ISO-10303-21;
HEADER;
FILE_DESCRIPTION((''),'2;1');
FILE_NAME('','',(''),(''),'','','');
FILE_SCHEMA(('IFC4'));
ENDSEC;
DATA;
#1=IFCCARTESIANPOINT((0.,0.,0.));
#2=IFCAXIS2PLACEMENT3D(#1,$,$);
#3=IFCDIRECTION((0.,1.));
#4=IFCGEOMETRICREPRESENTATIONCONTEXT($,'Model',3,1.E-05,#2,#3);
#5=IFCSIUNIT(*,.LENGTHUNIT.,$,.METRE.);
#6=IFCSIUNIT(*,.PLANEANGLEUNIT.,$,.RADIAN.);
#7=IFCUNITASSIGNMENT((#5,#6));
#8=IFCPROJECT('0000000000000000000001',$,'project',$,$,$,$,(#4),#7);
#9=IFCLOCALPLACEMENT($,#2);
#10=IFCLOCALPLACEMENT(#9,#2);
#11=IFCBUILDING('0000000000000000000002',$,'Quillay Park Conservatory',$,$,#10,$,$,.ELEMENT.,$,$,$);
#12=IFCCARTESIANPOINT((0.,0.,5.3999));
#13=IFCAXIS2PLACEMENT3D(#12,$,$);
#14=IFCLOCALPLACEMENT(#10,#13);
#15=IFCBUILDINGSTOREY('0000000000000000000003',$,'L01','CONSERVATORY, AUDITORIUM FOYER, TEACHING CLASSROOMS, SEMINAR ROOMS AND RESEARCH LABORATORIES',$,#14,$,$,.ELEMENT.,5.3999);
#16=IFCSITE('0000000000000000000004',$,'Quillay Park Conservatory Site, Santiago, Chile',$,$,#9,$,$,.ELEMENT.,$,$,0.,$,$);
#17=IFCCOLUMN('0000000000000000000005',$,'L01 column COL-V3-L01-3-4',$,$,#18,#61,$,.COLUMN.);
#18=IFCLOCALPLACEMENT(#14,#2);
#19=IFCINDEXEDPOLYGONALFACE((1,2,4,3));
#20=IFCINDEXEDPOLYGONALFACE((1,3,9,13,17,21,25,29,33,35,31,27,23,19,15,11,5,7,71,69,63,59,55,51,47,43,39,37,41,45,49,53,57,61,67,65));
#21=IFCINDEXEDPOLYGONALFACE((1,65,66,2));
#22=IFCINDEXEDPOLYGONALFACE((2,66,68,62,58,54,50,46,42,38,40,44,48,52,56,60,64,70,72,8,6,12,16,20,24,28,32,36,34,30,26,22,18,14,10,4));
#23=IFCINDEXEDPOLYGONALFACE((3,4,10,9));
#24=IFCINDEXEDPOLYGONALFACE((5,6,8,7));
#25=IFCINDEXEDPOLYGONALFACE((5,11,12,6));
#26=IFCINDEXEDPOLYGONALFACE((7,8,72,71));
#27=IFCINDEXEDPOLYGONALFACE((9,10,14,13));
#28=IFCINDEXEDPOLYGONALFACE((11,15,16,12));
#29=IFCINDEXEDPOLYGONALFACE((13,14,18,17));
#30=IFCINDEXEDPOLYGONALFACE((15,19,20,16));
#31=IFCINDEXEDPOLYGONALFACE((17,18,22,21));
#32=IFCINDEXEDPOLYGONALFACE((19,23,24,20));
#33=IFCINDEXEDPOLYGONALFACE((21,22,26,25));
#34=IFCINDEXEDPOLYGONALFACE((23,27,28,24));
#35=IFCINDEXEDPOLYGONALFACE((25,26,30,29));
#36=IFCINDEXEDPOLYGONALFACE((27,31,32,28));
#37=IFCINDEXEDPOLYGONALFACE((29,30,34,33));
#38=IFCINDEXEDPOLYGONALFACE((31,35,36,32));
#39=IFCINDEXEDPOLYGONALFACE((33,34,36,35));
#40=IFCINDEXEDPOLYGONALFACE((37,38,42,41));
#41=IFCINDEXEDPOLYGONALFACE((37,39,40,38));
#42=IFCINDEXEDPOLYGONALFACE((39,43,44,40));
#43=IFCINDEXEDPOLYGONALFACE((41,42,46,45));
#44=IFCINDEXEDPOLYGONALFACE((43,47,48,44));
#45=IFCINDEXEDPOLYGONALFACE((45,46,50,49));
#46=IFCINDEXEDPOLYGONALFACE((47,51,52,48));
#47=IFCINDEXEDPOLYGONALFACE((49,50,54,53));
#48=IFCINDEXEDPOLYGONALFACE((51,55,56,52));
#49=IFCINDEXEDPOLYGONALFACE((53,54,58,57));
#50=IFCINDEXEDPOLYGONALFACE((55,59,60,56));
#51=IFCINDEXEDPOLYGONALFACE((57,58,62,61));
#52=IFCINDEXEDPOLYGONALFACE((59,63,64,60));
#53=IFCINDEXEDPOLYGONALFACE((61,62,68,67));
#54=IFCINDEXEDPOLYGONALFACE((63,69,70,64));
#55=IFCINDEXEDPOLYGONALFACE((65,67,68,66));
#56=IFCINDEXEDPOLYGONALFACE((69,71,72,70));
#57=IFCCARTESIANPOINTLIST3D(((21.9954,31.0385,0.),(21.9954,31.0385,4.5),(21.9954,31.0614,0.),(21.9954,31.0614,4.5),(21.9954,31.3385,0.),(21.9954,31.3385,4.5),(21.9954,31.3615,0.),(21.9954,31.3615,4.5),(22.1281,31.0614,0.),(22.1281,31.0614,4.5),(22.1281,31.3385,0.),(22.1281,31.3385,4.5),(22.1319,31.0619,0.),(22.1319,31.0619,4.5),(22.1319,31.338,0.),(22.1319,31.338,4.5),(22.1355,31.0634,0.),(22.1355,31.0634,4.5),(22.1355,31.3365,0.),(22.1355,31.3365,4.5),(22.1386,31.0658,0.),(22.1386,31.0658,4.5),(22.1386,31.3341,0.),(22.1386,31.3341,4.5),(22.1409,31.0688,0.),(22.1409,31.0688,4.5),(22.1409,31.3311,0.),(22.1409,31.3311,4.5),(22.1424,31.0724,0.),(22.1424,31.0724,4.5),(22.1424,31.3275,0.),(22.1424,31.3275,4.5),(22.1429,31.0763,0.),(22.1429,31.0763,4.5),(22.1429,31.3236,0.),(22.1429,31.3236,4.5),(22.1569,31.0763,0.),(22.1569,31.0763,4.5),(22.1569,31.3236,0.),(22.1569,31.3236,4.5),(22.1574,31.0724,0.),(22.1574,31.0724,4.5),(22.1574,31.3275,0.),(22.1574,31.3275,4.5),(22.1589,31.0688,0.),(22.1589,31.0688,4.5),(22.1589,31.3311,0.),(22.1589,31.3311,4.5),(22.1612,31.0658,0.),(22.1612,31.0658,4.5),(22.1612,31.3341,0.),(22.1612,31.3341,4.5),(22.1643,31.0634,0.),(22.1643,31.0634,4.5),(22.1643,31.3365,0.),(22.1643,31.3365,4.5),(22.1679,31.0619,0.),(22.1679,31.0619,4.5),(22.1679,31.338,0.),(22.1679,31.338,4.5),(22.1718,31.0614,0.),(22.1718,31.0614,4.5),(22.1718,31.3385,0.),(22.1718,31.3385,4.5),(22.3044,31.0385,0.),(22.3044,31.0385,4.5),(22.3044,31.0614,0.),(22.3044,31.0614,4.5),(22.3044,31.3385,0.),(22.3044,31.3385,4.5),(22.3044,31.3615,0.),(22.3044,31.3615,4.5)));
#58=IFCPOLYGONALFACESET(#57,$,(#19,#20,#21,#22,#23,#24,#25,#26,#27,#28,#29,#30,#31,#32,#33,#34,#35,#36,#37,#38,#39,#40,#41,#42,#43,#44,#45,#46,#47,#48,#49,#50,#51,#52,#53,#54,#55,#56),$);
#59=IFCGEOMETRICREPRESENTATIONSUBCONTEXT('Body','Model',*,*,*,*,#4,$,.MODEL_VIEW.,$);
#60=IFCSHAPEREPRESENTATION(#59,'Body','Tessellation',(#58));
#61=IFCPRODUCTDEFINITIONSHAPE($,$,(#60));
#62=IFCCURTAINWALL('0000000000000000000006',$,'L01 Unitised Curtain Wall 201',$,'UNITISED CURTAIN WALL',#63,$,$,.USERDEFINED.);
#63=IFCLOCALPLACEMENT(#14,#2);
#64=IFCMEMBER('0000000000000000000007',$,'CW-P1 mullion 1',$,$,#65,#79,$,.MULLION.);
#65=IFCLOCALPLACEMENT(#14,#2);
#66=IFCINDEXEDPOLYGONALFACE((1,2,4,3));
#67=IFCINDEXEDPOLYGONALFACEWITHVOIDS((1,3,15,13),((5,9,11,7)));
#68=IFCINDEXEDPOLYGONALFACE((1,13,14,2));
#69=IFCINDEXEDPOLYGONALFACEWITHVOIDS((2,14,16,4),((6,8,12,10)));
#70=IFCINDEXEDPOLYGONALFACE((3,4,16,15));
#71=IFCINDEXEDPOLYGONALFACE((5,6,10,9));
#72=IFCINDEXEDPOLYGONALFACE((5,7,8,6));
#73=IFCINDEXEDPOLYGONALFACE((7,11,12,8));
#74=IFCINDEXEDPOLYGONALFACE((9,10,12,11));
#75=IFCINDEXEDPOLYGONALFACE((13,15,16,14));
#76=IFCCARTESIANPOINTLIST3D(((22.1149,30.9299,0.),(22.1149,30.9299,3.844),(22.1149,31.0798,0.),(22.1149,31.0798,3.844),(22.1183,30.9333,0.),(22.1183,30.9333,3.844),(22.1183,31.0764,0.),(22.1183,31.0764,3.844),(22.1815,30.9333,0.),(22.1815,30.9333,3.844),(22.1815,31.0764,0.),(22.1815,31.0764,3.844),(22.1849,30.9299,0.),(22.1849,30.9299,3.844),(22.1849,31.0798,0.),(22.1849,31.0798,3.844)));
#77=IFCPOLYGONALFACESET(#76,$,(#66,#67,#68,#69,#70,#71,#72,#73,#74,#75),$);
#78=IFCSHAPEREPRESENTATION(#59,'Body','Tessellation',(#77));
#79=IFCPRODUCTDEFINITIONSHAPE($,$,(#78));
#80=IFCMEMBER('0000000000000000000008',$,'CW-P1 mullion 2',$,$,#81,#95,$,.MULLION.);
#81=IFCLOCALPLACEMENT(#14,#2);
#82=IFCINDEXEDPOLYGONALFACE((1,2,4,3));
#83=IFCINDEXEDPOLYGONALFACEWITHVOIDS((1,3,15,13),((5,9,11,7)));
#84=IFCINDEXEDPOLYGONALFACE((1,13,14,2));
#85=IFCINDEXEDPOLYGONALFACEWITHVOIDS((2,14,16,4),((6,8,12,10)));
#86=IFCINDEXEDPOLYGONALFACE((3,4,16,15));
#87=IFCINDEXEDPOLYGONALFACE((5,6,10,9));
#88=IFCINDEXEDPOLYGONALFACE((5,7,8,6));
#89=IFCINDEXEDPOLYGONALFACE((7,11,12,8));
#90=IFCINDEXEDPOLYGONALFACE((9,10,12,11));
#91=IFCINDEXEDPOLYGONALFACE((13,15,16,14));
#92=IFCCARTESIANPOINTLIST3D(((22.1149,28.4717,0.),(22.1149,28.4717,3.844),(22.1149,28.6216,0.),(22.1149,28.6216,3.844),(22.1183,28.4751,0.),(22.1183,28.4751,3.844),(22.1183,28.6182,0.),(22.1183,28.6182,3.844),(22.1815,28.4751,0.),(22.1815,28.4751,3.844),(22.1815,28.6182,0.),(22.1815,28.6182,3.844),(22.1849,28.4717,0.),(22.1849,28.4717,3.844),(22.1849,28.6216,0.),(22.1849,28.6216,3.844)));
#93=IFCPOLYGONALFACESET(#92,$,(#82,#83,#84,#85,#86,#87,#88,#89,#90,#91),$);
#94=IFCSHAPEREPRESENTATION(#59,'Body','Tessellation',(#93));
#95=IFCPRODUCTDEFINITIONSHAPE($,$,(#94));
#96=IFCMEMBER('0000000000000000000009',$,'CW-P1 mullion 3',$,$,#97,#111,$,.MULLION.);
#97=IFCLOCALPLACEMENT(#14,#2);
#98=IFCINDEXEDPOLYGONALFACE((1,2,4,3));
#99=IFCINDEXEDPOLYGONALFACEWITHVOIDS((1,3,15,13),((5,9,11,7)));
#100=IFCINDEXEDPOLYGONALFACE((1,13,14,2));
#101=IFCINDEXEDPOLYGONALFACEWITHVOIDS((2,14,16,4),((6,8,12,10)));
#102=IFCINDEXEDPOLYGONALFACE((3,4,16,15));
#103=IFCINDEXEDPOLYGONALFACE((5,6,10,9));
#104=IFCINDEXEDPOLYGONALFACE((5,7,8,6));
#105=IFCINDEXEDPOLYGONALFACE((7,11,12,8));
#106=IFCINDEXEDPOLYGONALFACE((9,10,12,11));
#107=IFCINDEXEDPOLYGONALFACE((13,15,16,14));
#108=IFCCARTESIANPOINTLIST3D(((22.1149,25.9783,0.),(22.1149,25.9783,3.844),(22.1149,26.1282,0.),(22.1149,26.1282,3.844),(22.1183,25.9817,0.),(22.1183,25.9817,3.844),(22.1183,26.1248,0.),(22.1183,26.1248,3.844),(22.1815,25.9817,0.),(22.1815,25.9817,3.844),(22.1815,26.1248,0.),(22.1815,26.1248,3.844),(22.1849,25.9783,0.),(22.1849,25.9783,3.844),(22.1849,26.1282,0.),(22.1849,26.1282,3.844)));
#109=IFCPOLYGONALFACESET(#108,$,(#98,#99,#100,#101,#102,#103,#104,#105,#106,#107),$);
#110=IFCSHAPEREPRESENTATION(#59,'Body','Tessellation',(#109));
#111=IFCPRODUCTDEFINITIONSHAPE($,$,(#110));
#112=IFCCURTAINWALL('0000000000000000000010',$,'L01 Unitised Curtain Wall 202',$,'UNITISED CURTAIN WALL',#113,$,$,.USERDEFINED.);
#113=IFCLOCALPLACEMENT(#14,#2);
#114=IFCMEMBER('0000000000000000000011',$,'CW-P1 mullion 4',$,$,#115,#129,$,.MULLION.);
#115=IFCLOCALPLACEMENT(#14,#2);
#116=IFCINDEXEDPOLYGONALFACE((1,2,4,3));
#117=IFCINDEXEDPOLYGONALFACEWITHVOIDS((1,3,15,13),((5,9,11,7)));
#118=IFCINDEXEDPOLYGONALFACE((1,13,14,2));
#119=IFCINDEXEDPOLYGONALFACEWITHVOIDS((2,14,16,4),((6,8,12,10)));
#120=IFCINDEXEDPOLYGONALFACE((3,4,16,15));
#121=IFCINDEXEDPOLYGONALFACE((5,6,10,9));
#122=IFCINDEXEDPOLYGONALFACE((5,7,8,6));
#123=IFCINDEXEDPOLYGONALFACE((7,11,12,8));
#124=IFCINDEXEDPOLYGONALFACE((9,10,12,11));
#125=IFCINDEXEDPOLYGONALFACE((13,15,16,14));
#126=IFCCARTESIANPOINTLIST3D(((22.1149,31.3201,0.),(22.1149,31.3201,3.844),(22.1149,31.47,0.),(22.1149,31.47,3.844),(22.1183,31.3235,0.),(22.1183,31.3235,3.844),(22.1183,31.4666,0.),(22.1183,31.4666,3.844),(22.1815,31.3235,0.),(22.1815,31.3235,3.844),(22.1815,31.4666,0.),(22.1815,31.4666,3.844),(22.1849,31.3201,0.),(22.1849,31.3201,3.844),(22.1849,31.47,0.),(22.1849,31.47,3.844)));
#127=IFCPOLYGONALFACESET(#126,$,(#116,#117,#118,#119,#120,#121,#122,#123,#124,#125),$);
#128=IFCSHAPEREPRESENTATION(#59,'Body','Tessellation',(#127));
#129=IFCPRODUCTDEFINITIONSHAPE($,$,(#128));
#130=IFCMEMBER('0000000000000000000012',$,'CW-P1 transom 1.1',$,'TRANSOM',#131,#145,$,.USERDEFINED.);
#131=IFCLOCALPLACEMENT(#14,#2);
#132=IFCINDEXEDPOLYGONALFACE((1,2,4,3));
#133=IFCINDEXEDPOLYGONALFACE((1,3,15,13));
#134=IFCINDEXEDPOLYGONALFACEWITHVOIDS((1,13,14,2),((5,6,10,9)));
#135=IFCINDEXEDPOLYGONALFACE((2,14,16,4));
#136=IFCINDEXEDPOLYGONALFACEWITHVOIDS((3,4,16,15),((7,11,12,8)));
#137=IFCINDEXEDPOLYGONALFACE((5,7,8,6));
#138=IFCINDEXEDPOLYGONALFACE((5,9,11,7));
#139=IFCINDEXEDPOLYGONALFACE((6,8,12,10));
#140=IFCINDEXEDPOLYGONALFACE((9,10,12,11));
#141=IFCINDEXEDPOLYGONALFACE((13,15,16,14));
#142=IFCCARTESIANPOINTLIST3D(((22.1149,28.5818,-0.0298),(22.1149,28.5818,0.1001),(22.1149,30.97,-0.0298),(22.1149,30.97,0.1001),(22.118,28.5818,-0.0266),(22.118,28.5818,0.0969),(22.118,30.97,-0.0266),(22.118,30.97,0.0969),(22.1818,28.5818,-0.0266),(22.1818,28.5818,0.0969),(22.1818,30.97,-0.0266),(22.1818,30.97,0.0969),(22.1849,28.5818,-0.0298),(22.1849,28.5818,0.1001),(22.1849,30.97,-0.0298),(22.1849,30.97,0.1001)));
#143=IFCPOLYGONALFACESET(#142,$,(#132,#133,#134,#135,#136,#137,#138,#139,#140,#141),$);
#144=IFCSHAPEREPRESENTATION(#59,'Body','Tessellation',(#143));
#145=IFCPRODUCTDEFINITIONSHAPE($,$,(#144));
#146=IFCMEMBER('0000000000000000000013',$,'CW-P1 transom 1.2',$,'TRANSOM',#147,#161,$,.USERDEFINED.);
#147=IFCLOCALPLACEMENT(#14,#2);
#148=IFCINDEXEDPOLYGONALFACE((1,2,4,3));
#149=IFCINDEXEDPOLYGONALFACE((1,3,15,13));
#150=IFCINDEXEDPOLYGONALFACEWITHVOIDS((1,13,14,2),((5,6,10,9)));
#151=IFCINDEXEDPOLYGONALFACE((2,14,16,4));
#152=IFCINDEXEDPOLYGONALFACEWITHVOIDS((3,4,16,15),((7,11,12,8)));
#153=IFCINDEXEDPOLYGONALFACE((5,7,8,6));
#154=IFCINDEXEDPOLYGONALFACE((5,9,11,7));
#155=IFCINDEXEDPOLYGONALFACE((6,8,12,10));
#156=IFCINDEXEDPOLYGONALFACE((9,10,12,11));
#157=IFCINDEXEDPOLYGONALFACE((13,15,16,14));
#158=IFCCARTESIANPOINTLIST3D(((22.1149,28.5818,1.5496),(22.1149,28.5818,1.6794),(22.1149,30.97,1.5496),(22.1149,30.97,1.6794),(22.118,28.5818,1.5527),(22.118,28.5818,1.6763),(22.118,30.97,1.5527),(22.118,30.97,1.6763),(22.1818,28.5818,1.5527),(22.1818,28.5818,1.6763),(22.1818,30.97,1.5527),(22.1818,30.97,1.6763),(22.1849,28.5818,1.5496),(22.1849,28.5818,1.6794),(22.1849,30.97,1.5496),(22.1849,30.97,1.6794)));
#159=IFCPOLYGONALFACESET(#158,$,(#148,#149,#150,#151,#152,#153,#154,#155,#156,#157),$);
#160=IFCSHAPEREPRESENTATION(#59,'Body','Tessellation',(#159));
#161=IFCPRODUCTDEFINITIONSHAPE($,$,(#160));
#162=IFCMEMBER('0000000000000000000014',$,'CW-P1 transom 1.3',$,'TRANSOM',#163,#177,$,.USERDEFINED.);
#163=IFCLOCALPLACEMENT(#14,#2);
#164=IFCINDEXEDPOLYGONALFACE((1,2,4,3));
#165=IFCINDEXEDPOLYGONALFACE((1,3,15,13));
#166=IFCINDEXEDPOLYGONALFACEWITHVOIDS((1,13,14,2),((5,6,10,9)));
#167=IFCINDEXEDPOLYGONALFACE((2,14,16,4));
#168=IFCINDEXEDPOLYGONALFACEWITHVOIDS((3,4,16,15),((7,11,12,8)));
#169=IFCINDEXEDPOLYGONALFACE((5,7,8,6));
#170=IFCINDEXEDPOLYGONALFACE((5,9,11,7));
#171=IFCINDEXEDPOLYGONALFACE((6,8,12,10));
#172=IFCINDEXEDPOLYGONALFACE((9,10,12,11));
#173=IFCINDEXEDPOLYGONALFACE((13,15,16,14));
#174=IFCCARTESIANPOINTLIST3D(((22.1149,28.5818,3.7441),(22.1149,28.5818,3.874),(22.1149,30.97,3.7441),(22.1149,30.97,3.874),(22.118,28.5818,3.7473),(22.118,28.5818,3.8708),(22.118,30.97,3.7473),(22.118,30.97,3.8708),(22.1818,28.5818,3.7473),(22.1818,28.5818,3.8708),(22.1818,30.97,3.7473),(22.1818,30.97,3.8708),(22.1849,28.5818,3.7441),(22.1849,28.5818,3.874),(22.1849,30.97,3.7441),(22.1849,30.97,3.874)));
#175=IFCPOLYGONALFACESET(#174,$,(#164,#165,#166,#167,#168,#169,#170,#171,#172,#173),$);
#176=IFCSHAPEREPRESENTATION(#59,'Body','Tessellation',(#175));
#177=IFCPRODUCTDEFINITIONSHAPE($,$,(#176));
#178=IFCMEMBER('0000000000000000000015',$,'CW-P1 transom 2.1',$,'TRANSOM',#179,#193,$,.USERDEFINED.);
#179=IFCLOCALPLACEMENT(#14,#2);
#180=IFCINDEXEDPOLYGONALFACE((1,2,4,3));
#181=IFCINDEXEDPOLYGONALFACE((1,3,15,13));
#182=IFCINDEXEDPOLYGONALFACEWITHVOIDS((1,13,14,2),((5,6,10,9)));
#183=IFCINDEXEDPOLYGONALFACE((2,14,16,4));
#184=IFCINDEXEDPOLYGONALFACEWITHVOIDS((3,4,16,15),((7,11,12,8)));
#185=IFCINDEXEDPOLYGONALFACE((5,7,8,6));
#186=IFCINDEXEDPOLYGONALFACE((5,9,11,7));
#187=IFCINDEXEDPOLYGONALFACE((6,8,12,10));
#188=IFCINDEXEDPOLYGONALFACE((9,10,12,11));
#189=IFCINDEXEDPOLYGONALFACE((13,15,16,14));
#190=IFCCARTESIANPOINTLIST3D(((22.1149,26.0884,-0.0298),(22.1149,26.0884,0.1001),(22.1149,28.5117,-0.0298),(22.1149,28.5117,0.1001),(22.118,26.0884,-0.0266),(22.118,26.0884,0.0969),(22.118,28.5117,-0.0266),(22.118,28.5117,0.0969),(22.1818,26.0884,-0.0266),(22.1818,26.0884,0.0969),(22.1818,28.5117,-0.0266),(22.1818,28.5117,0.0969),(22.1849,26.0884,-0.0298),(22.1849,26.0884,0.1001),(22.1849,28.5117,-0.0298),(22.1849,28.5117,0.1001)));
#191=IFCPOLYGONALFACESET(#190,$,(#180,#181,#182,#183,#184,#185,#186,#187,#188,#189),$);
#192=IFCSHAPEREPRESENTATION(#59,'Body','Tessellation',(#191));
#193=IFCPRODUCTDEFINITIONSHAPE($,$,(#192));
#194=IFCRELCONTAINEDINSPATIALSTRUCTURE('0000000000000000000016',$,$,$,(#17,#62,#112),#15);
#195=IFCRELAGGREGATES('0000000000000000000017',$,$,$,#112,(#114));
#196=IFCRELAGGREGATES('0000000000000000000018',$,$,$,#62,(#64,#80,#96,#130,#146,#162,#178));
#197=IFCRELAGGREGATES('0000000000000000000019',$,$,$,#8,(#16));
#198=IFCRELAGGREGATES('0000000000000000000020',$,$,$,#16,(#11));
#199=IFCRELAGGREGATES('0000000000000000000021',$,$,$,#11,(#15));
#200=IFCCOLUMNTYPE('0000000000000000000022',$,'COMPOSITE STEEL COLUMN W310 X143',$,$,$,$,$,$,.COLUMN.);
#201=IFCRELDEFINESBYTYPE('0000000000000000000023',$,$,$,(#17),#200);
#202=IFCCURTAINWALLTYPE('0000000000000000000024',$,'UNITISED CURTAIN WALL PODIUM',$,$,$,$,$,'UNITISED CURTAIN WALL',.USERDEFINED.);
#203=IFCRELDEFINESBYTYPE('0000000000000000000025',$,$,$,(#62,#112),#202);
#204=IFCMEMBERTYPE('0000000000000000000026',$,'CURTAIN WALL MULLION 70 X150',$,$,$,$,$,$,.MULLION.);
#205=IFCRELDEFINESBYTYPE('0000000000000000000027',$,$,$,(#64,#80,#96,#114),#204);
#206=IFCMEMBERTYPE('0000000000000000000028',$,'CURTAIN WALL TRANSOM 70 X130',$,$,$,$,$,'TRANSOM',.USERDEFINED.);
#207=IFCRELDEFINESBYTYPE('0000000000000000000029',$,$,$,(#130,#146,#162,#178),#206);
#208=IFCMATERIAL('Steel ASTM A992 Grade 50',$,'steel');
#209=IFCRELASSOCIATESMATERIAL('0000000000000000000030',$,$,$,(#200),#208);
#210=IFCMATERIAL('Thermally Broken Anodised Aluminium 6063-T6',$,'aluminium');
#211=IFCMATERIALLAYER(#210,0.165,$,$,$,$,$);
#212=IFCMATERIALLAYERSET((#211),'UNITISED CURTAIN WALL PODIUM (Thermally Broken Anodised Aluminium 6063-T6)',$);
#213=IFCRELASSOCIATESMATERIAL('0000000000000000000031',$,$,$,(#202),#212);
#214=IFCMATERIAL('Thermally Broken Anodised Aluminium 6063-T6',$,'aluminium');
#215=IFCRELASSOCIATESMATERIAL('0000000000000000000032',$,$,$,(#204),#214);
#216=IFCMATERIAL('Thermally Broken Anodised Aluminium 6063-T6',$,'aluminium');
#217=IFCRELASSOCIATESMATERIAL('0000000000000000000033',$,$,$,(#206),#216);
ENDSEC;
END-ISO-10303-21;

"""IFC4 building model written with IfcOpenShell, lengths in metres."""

from ifc_helpers import new_model, si_unit, direction, frame, origin, origin_2d, place, context, subcontext, project, spatial, hollow_rectangle, i_section, extrude, material, layer, layer_set, material_profile, profile_set, type_object, element, aggregate, save


model = new_model("IFC4")

# Units and contexts
model_context = context("Model", 3, precision=1e-05, world=origin(), true_north=direction((0.0, 1.0)))
body_context = subcontext(model_context, "Body", "Model", "MODEL_VIEW")
ifc_project = project(units=[si_unit("LENGTHUNIT", "METRE"), si_unit("PLANEANGLEUNIT", "RADIAN")], contexts=[model_context])

# Site, building, storey
site_placement = place(None, origin())
site = spatial("IfcSite", under=ifc_project, at=site_placement, Name="Quillay Park Conservatory Site, Santiago, Chile", CompositionType="ELEMENT", RefElevation=0.0)
building_placement = place(site_placement, origin())
building = spatial("IfcBuilding", under=site, at=building_placement, Name="Quillay Park Conservatory", CompositionType="ELEMENT")
storey_placement = place(building_placement, frame((0.0, 0.0, 5.3999)))
storey = spatial("IfcBuildingStorey", under=building, at=storey_placement, Name="L01", Description="CONSERVATORY, AUDITORIUM FOYER, TEACHING CLASSROOMS, SEMINAR ROOMS AND RESEARCH LABORATORIES", CompositionType="ELEMENT", Elevation=5.3999)

# Column
ifc_material_1 = material(Name="Steel ASTM A992 Grade 50", Category="steel")
ifc_material_profile_1 = material_profile(ifc_material_1, i_section(OverallWidth=0.3091, OverallDepth=0.323, WebThickness=0.0139, FlangeThickness=0.0229, FilletRadius=0.0149, at=origin_2d()), Name="W310x143")
ifc_profile_set_1 = profile_set([ifc_material_profile_1], Name="Steel ASTM A992 Grade 50")
column_type = type_object("IfcColumnType", Name="COMPOSITE STEEL COLUMN W310 X143", PredefinedType="COLUMN", material=ifc_profile_set_1)
column_placement = place(storey_placement, frame((22.1499, 31.2, 0.0), z_axis=(0.0, 0.0, 1.0), x_axis=(1.0, 0.0, 0.0)))
element("IfcColumn", 1, at=column_placement, inside=storey, type_object=column_type, Name="L01 column COL-V3-L01-3-4", PredefinedType="COLUMN", context=body_context, shape_type="SweptSolid", body=[
    extrude(i_section(OverallWidth=0.3091, OverallDepth=0.323, WebThickness=0.0139, FlangeThickness=0.0229, FilletRadius=0.0149, at=origin_2d()), origin(), (0.0, 0.0, 1.0), 4.5),
])

# Curtain wall, members
ifc_material_2 = material(Name="Thermally Broken Anodised Aluminium 6063-T6", Category="aluminium")
ifc_layer_1 = layer(ifc_material_2, 0.165)
ifc_layer_set_1 = layer_set([ifc_layer_1], Name="UNITISED CURTAIN WALL PODIUM (Thermally Broken Anodised Aluminium 6063-T6)")
curtain_wall_type = type_object("IfcCurtainWallType", Name="UNITISED CURTAIN WALL PODIUM", ElementType="UNITISED CURTAIN WALL", PredefinedType="USERDEFINED", material=ifc_layer_set_1)
curtain_wall_1_placement = place(storey_placement, origin())
curtain_wall_1 = element("IfcCurtainWall", 2, at=curtain_wall_1_placement, inside=storey, type_object=curtain_wall_type, Name="L01 Unitised Curtain Wall 201", ObjectType="UNITISED CURTAIN WALL", PredefinedType="USERDEFINED")
ifc_material_3 = material(Name="Thermally Broken Anodised Aluminium 6063-T6", Category="aluminium")
ifc_material_profile_2 = material_profile(ifc_material_3, hollow_rectangle(XDim=0.0701, YDim=0.1499, WallThickness=0.0034, at=origin_2d()), Name="AL70x150x3.5")
ifc_profile_set_2 = profile_set([ifc_material_profile_2], Name="Thermally Broken Anodised Aluminium 6063-T6")
member_type_1 = type_object("IfcMemberType", Name="CURTAIN WALL MULLION 70 X150", PredefinedType="MULLION", material=ifc_profile_set_2)
member_1_placement = place(storey_placement, frame((22.1499, 31.0049, 0.0), z_axis=(0.0, 0.0, 1.0), x_axis=(1.0, 0.0, 0.0)))
member_1 = element("IfcMember", 3, at=member_1_placement, type_object=member_type_1, Name="CW-P1 mullion 1", PredefinedType="MULLION", context=body_context, shape_type="SweptSolid", body=[
    extrude(hollow_rectangle(XDim=0.0701, YDim=0.1499, WallThickness=0.0034, at=origin_2d()), origin(), (0.0, 0.0, 1.0), 3.844),
])
member_2_placement = place(storey_placement, frame((22.1499, 28.5466, 0.0), z_axis=(0.0, 0.0, 1.0), x_axis=(1.0, 0.0, 0.0)))
member_2 = element("IfcMember", 4, at=member_2_placement, type_object=member_type_1, Name="CW-P1 mullion 2", PredefinedType="MULLION", context=body_context, shape_type="SweptSolid", body=[
    extrude(hollow_rectangle(XDim=0.0701, YDim=0.1499, WallThickness=0.0034, at=origin_2d()), origin(), (0.0, 0.0, 1.0), 3.844),
])
member_3_placement = place(storey_placement, frame((22.1499, 26.0532, 0.0), z_axis=(0.0, 0.0, 1.0), x_axis=(1.0, 0.0, 0.0)))
member_3 = element("IfcMember", 5, at=member_3_placement, type_object=member_type_1, Name="CW-P1 mullion 3", PredefinedType="MULLION", context=body_context, shape_type="SweptSolid", body=[
    extrude(hollow_rectangle(XDim=0.0701, YDim=0.1499, WallThickness=0.0034, at=origin_2d()), origin(), (0.0, 0.0, 1.0), 3.844),
])

# Curtain wall, member
curtain_wall_2_placement = place(storey_placement, origin())
curtain_wall_2 = element("IfcCurtainWall", 6, at=curtain_wall_2_placement, inside=storey, type_object=curtain_wall_type, Name="L01 Unitised Curtain Wall 202", ObjectType="UNITISED CURTAIN WALL", PredefinedType="USERDEFINED")
member_4_placement = place(storey_placement, frame((22.1499, 31.395, 0.0), z_axis=(0.0, 0.0, 1.0), x_axis=(1.0, 0.0, 0.0)))
member_4 = element("IfcMember", 7, at=member_4_placement, type_object=member_type_1, Name="CW-P1 mullion 4", PredefinedType="MULLION", context=body_context, shape_type="SweptSolid", body=[
    extrude(hollow_rectangle(XDim=0.0701, YDim=0.1499, WallThickness=0.0034, at=origin_2d()), origin(), (0.0, 0.0, 1.0), 3.844),
])
aggregate(curtain_wall_2, [member_4])

# Members
ifc_material_4 = material(Name="Thermally Broken Anodised Aluminium 6063-T6", Category="aluminium")
ifc_material_profile_3 = material_profile(ifc_material_4, hollow_rectangle(XDim=0.0701, YDim=0.1299, WallThickness=0.0032, at=origin_2d()), Name="AL70x130x3.2")
ifc_profile_set_3 = profile_set([ifc_material_profile_3], Name="Thermally Broken Anodised Aluminium 6063-T6")
member_type_2 = type_object("IfcMemberType", Name="CURTAIN WALL TRANSOM 70 X130", ElementType="TRANSOM", PredefinedType="USERDEFINED", material=ifc_profile_set_3)
member_5_placement = place(storey_placement, frame((22.1499, 30.97, 0.0352), z_axis=(0.0, -1.0, 0.0), x_axis=(1.0, 0.0, 0.0)))
member_5 = element("IfcMember", 8, at=member_5_placement, type_object=member_type_2, Name="CW-P1 transom 1.1", ObjectType="TRANSOM", PredefinedType="USERDEFINED", context=body_context, shape_type="SweptSolid", body=[
    extrude(hollow_rectangle(XDim=0.0701, YDim=0.1299, WallThickness=0.0032, at=origin_2d()), origin(), (0.0, 0.0, 1.0), 2.3882),
])
member_6_placement = place(storey_placement, frame((22.1499, 30.97, 1.6145), z_axis=(0.0, -1.0, 0.0), x_axis=(1.0, 0.0, 0.0)))
member_6 = element("IfcMember", 9, at=member_6_placement, type_object=member_type_2, Name="CW-P1 transom 1.2", ObjectType="TRANSOM", PredefinedType="USERDEFINED", context=body_context, shape_type="SweptSolid", body=[
    extrude(hollow_rectangle(XDim=0.0701, YDim=0.1299, WallThickness=0.0032, at=origin_2d()), origin(), (0.0, 0.0, 1.0), 2.3882),
])
member_7_placement = place(storey_placement, frame((22.1499, 30.97, 3.8091), z_axis=(0.0, -1.0, 0.0), x_axis=(1.0, 0.0, 0.0)))
member_7 = element("IfcMember", 10, at=member_7_placement, type_object=member_type_2, Name="CW-P1 transom 1.3", ObjectType="TRANSOM", PredefinedType="USERDEFINED", context=body_context, shape_type="SweptSolid", body=[
    extrude(hollow_rectangle(XDim=0.0701, YDim=0.1299, WallThickness=0.0032, at=origin_2d()), origin(), (0.0, 0.0, 1.0), 2.3882),
])
member_8_placement = place(storey_placement, frame((22.1499, 28.5117, 0.0352), z_axis=(0.0, -1.0, 0.0), x_axis=(1.0, 0.0, 0.0)))
member_8 = element("IfcMember", 11, at=member_8_placement, type_object=member_type_2, Name="CW-P1 transom 2.1", ObjectType="TRANSOM", PredefinedType="USERDEFINED", context=body_context, shape_type="SweptSolid", body=[
    extrude(hollow_rectangle(XDim=0.0701, YDim=0.1299, WallThickness=0.0032, at=origin_2d()), origin(), (0.0, 0.0, 1.0), 2.4233),
])

aggregate(curtain_wall_1, [member_1, member_2, member_3, member_5, member_6, member_7, member_8])

save(model, "model.ifc")
